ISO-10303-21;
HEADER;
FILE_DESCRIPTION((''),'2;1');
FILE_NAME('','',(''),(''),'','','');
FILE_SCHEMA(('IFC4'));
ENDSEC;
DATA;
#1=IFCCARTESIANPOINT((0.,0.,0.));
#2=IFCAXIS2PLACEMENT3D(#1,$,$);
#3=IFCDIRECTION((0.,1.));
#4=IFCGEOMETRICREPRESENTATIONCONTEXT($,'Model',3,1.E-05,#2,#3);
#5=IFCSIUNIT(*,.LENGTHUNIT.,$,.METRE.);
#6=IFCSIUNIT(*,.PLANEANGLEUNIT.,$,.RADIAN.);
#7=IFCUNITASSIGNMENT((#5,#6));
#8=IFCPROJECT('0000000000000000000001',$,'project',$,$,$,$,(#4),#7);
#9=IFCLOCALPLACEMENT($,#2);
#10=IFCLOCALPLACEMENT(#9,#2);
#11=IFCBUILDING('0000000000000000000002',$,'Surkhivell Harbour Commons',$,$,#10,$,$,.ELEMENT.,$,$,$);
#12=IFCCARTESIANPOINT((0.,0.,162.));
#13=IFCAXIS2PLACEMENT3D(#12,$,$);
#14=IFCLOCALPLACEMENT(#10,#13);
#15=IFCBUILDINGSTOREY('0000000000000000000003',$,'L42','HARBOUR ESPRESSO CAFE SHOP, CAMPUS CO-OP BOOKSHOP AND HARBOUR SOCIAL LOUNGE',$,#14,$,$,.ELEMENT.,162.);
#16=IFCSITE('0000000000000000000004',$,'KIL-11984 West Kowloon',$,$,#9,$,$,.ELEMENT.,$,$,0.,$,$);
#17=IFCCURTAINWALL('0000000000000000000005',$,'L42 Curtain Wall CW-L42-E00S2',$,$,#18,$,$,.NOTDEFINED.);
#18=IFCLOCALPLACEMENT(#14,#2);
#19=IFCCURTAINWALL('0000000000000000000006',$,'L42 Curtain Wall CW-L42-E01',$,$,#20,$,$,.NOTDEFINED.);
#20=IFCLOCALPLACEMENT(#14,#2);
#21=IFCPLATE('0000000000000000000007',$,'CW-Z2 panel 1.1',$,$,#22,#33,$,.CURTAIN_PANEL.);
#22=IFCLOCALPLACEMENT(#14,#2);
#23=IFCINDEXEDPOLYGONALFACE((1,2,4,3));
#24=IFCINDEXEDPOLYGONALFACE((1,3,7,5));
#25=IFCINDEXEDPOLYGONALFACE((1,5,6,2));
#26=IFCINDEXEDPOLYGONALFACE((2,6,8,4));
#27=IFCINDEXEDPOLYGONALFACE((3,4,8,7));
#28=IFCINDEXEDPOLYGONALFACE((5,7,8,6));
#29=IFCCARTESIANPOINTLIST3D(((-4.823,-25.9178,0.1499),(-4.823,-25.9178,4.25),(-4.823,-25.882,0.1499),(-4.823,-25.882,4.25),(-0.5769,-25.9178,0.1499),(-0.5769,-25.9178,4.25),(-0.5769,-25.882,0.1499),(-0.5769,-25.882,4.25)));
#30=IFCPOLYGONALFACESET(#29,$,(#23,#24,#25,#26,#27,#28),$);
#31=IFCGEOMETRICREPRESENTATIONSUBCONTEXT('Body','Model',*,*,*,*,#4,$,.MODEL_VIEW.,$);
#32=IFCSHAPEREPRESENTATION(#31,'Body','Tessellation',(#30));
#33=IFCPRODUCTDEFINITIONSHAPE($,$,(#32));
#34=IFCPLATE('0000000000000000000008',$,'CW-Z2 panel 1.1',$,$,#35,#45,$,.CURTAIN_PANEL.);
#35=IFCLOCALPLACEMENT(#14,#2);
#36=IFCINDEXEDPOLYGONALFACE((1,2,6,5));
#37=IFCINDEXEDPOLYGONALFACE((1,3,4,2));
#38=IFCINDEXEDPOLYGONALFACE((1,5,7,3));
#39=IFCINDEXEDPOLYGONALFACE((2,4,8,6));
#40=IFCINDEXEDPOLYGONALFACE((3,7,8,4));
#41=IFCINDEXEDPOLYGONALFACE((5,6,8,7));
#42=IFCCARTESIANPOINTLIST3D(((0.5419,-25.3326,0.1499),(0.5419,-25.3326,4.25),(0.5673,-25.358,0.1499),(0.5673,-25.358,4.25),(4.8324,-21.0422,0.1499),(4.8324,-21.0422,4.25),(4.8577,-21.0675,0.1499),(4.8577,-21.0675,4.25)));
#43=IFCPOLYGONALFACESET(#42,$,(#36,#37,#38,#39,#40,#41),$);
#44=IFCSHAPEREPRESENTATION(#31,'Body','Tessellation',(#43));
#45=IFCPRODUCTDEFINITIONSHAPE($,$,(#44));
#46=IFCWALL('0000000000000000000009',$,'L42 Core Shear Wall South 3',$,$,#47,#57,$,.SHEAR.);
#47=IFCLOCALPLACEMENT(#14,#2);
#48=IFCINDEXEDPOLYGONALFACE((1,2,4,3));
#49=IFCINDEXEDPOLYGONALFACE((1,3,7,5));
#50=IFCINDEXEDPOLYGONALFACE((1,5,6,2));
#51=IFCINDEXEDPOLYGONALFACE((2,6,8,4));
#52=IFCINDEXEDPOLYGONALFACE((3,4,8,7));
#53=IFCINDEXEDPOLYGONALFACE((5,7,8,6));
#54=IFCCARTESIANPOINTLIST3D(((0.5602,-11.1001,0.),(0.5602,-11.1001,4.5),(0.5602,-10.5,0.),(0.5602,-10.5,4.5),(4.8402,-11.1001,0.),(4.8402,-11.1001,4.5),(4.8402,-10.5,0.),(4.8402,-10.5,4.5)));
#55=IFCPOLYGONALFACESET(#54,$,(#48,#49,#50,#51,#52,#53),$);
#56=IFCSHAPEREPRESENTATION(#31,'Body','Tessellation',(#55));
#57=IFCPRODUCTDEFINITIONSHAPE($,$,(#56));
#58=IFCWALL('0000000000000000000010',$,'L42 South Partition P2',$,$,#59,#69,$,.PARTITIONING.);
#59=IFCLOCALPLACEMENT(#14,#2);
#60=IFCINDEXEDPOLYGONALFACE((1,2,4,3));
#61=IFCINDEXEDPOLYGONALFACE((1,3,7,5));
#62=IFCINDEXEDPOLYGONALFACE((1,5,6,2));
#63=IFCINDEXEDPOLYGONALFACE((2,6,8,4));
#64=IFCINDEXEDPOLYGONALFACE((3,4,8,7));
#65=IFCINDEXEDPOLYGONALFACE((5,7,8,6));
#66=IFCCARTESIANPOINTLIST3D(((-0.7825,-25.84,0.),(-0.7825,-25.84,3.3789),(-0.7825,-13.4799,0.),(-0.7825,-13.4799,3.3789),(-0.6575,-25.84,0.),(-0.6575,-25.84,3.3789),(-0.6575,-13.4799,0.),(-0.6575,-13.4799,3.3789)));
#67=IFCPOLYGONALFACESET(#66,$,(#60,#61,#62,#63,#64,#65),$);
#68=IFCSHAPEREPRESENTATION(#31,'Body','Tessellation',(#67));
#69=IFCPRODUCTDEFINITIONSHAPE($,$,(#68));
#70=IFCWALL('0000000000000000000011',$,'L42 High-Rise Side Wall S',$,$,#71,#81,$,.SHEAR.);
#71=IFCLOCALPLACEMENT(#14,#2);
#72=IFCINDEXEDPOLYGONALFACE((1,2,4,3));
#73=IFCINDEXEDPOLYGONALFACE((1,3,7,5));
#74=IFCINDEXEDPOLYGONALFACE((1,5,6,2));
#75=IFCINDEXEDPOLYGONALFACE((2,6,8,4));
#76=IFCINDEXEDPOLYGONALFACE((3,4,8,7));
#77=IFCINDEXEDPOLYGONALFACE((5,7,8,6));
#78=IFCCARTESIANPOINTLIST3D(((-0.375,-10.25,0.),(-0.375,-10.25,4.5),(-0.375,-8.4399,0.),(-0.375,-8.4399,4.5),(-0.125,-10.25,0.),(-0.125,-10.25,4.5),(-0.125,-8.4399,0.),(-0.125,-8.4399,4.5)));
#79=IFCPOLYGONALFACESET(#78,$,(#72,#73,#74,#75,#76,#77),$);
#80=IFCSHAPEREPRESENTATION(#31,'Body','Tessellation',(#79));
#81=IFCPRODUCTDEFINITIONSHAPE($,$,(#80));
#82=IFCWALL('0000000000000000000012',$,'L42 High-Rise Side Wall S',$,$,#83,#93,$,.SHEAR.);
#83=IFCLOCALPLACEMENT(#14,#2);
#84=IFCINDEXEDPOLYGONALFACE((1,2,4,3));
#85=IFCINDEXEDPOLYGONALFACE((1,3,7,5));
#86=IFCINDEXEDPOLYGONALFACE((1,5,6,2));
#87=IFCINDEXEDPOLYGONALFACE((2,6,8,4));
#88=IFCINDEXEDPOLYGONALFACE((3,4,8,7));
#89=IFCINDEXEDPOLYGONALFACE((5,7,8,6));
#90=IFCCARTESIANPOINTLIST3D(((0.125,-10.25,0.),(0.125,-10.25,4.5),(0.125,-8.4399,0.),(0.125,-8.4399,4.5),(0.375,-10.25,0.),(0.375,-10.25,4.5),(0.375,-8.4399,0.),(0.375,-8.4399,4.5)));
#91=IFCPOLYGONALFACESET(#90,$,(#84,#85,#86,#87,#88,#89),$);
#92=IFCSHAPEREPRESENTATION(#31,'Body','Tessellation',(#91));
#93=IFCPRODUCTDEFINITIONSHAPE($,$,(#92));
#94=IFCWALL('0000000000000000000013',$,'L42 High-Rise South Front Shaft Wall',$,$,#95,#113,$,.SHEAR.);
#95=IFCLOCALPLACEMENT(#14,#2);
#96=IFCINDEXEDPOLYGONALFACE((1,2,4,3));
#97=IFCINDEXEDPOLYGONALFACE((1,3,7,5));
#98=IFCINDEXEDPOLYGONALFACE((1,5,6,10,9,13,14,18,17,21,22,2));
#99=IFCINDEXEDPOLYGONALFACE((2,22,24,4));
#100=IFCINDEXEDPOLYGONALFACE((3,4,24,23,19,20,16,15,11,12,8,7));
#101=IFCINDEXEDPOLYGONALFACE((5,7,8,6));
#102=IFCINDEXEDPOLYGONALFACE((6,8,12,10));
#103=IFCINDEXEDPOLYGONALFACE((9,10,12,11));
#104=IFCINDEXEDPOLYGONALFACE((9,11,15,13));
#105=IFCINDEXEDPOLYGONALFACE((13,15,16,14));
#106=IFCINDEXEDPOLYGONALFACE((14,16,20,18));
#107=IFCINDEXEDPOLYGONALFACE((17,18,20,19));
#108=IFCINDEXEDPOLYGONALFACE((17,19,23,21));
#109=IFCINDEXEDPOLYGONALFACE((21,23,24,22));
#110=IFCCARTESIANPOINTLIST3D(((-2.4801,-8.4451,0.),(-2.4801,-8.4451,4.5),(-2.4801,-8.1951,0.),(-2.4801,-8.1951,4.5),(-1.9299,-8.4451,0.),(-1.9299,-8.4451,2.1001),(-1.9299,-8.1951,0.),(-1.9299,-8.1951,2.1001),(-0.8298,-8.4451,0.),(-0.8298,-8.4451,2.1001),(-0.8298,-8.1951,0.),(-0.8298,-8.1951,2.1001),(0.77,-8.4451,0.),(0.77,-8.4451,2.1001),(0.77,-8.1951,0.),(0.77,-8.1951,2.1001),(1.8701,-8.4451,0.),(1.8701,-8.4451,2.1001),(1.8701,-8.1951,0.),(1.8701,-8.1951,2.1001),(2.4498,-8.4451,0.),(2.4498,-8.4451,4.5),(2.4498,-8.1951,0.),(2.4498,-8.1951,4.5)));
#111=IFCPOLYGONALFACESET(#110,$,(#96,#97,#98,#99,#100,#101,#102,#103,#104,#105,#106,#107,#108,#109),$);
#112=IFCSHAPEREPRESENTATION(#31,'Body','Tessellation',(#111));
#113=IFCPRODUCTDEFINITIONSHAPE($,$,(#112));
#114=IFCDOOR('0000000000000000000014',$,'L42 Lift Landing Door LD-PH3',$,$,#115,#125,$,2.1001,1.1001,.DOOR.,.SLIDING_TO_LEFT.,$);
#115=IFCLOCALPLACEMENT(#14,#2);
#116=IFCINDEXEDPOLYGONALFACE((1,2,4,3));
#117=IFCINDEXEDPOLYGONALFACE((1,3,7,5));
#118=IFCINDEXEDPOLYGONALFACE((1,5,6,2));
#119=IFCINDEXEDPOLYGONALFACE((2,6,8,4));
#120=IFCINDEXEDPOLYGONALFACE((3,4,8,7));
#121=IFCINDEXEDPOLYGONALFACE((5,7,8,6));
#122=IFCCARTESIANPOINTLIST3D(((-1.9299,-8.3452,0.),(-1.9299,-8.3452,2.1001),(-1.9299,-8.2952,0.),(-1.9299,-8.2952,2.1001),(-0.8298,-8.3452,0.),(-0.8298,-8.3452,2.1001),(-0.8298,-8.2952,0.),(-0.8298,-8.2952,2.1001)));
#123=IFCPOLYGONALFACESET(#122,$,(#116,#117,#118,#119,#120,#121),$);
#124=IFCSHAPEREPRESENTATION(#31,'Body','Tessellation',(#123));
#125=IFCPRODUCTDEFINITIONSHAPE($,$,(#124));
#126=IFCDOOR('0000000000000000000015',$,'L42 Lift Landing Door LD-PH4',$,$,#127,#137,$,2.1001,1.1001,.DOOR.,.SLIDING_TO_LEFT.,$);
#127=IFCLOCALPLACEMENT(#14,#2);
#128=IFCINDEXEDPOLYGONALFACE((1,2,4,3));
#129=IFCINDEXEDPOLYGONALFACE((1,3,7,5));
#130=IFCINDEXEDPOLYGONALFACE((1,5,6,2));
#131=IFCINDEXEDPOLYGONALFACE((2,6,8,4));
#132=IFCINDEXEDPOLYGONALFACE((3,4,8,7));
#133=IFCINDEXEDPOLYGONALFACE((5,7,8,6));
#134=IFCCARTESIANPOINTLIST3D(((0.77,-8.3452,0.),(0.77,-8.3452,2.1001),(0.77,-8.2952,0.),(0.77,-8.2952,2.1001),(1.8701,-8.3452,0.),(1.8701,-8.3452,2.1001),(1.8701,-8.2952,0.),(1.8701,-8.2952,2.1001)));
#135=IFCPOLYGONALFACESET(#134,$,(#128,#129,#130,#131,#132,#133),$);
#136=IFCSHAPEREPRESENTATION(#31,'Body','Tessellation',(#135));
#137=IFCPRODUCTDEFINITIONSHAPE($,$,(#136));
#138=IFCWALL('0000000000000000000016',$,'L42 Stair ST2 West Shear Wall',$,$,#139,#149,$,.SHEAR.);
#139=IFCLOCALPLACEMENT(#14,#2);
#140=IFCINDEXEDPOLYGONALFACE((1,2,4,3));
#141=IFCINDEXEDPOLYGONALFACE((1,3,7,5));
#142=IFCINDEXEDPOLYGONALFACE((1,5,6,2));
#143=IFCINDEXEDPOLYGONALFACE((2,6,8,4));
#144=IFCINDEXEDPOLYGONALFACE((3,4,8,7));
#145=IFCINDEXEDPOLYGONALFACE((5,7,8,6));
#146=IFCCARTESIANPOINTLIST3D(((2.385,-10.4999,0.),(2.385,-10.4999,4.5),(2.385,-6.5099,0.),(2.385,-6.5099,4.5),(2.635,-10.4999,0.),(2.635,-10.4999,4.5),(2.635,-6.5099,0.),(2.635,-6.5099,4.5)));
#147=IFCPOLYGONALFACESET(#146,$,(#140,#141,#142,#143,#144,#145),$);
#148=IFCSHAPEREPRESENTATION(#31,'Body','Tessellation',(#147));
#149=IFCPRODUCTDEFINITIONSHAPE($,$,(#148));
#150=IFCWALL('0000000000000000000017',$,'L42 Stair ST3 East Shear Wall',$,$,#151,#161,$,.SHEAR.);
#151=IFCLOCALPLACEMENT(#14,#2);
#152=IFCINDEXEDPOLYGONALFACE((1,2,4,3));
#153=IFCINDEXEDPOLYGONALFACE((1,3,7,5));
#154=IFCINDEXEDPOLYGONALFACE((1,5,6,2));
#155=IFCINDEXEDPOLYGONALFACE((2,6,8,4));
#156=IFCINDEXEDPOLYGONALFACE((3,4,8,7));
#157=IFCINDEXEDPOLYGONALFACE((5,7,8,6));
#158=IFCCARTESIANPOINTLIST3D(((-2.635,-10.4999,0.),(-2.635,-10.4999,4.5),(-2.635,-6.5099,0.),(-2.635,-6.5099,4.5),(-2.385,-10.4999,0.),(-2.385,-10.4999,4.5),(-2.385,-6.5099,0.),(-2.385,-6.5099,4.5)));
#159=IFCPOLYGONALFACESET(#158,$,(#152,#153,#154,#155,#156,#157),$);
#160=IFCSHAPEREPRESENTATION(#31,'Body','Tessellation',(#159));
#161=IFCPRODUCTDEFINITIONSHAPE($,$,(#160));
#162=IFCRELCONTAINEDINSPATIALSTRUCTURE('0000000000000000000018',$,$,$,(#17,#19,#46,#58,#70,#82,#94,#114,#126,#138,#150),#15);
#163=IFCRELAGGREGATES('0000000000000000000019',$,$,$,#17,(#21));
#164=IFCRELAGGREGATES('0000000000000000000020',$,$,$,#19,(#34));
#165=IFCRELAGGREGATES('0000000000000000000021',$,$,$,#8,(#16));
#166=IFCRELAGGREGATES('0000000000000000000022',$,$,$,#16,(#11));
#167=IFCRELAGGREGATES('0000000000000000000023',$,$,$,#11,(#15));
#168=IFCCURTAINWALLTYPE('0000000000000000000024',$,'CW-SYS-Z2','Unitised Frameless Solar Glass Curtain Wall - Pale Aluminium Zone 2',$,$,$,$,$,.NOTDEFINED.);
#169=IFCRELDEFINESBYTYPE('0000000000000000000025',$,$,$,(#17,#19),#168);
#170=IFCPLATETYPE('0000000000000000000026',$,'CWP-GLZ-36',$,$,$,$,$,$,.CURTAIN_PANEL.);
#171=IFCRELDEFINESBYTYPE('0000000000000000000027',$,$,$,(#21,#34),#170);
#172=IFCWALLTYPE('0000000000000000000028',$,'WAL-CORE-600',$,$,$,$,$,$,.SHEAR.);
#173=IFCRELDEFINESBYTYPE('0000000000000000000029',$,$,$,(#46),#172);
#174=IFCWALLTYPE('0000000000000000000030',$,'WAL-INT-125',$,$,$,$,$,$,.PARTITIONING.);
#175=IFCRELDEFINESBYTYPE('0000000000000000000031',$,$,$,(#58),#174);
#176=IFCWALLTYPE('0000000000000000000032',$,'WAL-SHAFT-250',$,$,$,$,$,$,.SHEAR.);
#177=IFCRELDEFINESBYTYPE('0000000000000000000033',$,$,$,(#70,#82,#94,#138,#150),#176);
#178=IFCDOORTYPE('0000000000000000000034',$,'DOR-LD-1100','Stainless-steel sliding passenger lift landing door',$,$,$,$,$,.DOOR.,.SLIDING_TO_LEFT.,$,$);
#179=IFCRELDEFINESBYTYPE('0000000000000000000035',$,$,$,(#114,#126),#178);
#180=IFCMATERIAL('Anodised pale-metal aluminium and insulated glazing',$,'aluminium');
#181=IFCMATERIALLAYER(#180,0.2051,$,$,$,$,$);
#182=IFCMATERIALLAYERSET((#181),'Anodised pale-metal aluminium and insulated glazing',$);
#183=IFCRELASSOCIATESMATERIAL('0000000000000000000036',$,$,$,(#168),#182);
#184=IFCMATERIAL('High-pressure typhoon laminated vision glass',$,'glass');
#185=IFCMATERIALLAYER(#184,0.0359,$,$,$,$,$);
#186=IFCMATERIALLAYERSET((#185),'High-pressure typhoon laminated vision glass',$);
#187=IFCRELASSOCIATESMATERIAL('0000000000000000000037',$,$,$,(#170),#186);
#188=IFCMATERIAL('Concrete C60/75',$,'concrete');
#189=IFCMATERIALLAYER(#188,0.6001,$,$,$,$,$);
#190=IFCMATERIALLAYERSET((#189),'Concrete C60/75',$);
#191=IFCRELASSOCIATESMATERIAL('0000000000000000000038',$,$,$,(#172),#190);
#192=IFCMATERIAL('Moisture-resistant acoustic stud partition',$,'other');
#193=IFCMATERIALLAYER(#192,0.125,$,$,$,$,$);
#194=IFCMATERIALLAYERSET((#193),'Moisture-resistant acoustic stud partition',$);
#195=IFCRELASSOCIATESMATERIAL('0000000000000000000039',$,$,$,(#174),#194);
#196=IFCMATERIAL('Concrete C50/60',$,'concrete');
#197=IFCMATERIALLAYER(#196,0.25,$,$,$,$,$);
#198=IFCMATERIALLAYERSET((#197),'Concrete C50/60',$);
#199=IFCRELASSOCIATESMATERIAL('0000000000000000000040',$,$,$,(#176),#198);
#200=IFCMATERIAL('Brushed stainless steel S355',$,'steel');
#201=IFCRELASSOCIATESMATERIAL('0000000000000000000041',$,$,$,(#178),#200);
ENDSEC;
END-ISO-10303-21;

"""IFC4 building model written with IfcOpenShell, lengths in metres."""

from ifc_helpers import new_model, si_unit, direction, frame, frame_2d, origin, place, context, subcontext, project, spatial, rectangle, extrude, material, layer, layer_set, type_object, element, fill, aggregate, save


model = new_model("IFC4")

# Units and contexts
model_context = context("Model", 3, precision=1e-05, world=origin(), true_north=direction((0.0, 1.0)))
body_context = subcontext(model_context, "Body", "Model", "MODEL_VIEW")
ifc_project = project(units=[si_unit("LENGTHUNIT", "METRE"), si_unit("PLANEANGLEUNIT", "RADIAN")], contexts=[model_context])

# Site, building, storey
site_placement = place(None, origin())
site = spatial("IfcSite", under=ifc_project, at=site_placement, Name="KIL-11984 West Kowloon", CompositionType="ELEMENT", RefElevation=0.0)
building_placement = place(site_placement, origin())
building = spatial("IfcBuilding", under=site, at=building_placement, Name="Surkhivell Harbour Commons", CompositionType="ELEMENT")
storey_placement = place(building_placement, frame((0.0, 0.0, 162.0)))
storey = spatial("IfcBuildingStorey", under=building, at=storey_placement, Name="L42", Description="HARBOUR ESPRESSO CAFE SHOP, CAMPUS CO-OP BOOKSHOP AND HARBOUR SOCIAL LOUNGE", CompositionType="ELEMENT", Elevation=162.0)

# Shared definitions
ifc_material_1 = material(Name="Concrete C60/75", Category="concrete")

# Curtain wall
ifc_material_2 = material(Name="Anodised pale-metal aluminium and insulated glazing", Category="aluminium")
ifc_layer_1 = layer(ifc_material_2, 0.2051)
ifc_layer_set_1 = layer_set([ifc_layer_1], Name="Anodised pale-metal aluminium and insulated glazing")
curtain_wall_type = type_object("IfcCurtainWallType", Name="CW-SYS-Z2", Description="Unitised Frameless Solar Glass Curtain Wall - Pale Aluminium Zone 2", PredefinedType="NOTDEFINED", material=ifc_layer_set_1)
curtain_wall_1_placement = place(storey_placement, origin())
curtain_wall_1 = element("IfcCurtainWall", 1, at=curtain_wall_1_placement, inside=storey, type_object=curtain_wall_type, Name="L42 Curtain Wall CW-L42-E00S2", PredefinedType="NOTDEFINED")

# Curtain wall
curtain_wall_2_placement = place(storey_placement, origin())
curtain_wall_2 = element("IfcCurtainWall", 2, at=curtain_wall_2_placement, inside=storey, type_object=curtain_wall_type, Name="L42 Curtain Wall CW-L42-E01", PredefinedType="NOTDEFINED")

# Plates
ifc_material_3 = material(Name="High-pressure typhoon laminated vision glass", Category="glass")
ifc_layer_2 = layer(ifc_material_3, 0.0359)
ifc_layer_set_2 = layer_set([ifc_layer_2], Name="High-pressure typhoon laminated vision glass")
plate_type = type_object("IfcPlateType", Name="CWP-GLZ-36", PredefinedType="CURTAIN_PANEL", material=ifc_layer_set_2)
plate_1_placement = place(storey_placement, frame((-4.823, -25.8999, 0.1499), z_axis=(0.0, 0.0, 1.0), x_axis=(1.0, 0.0, 0.0)))
plate_1 = element("IfcPlate", 3, at=plate_1_placement, type_object=plate_type, Name="CW-Z2 panel 1.1", PredefinedType="CURTAIN_PANEL", context=body_context, shape_type="SweptSolid", body=[
    extrude(rectangle(XDim=4.2461, YDim=0.0359, at=frame_2d((2.123, 0.0))), origin(), (0.0, 0.0, 1.0), 4.1001),
])
aggregate(curtain_wall_1, [plate_1])
plate_2_placement = place(storey_placement, frame((0.5547, -25.3452, 0.1499), z_axis=(0.0, 0.0, 1.0), x_axis=(0.707107, 0.707107, 0.0)))
plate_2 = element("IfcPlate", 4, at=plate_2_placement, type_object=plate_type, Name="CW-Z2 panel 1.1", PredefinedType="CURTAIN_PANEL", context=body_context, shape_type="SweptSolid", body=[
    extrude(rectangle(XDim=6.0676, YDim=0.0359, at=frame_2d((3.0337, 0.0))), origin(), (0.0, 0.0, 1.0), 4.1001),
])
aggregate(curtain_wall_2, [plate_2])

# Walls
ifc_layer_3 = layer(ifc_material_1, 0.6001)
ifc_layer_set_3 = layer_set([ifc_layer_3], Name="Concrete C60/75")
wall_type_1 = type_object("IfcWallType", Name="WAL-CORE-600", PredefinedType="SHEAR", material=ifc_layer_set_3)
wall_1_placement = place(storey_placement, frame((0.5601, -10.8, 0.0), z_axis=(0.0, 0.0, 1.0), x_axis=(1.0, 0.0, 0.0)))
element("IfcWall", 5, at=wall_1_placement, inside=storey, type_object=wall_type_1, Name="L42 Core Shear Wall South 3", PredefinedType="SHEAR", context=body_context, shape_type="SweptSolid", body=[
    extrude(rectangle(XDim=4.28, YDim=0.6001, at=frame_2d((2.1401, 0.0))), origin(), (0.0, 0.0, 1.0), 4.5),
])
ifc_material_4 = material(Name="Moisture-resistant acoustic stud partition", Category="other")
ifc_layer_4 = layer(ifc_material_4, 0.125)
ifc_layer_set_4 = layer_set([ifc_layer_4], Name="Moisture-resistant acoustic stud partition")
wall_type_2 = type_object("IfcWallType", Name="WAL-INT-125", PredefinedType="PARTITIONING", material=ifc_layer_set_4)
wall_2_placement = place(storey_placement, frame((-0.72, -25.8401, 0.0), z_axis=(0.0, 0.0, 1.0), x_axis=(0.0, 1.0, 0.0)))
element("IfcWall", 6, at=wall_2_placement, inside=storey, type_object=wall_type_2, Name="L42 South Partition P2", PredefinedType="PARTITIONING", context=body_context, shape_type="SweptSolid", body=[
    extrude(rectangle(XDim=12.3601, YDim=0.125, at=frame_2d((6.1802, 0.0))), origin(), (0.0, 0.0, 1.0), 3.3789),
])
ifc_material_5 = material(Name="Concrete C50/60", Category="concrete")
ifc_layer_5 = layer(ifc_material_5, 0.25)
ifc_layer_set_5 = layer_set([ifc_layer_5], Name="Concrete C50/60")
wall_type_3 = type_object("IfcWallType", Name="WAL-SHAFT-250", PredefinedType="SHEAR", material=ifc_layer_set_5)
for number, where, z_axis, x_axis, name in (
    (7, (-0.25, -10.25, 0.0), (0.0, 0.0, 1.0), (0.0, 1.0, 0.0), "L42 High-Rise Side Wall S"),
    (8, (0.25, -10.25, 0.0), (0.0, 0.0, 1.0), (0.0, 1.0, 0.0), "L42 High-Rise Side Wall S"),
):
    element("IfcWall", number, at=place(storey_placement, frame(where, z_axis=z_axis, x_axis=x_axis)), inside=storey, type_object=wall_type_3, Name=name, PredefinedType="SHEAR", context=body_context, shape_type="SweptSolid", body=[
        extrude(rectangle(XDim=1.8101, YDim=0.25, at=frame_2d((0.905, 0.0))), origin(), (0.0, 0.0, 1.0), 4.5),
    ])

# Wall, openings, doors
wall_3_placement = place(storey_placement, frame((-2.48, -8.3201, 0.0), z_axis=(0.0, 0.0, 1.0), x_axis=(1.0, 0.0, 0.0)))
wall_3 = element("IfcWall", 9, at=wall_3_placement, inside=storey, type_object=wall_type_3, Name="L42 High-Rise South Front Shaft Wall", PredefinedType="SHEAR", context=body_context, shape_type="SweptSolid", body=[
    extrude(rectangle(XDim=4.9299, YDim=0.25, at=frame_2d((2.4648, 0.0))), origin(), (0.0, 0.0, 1.0), 4.5),
])
opening_1_placement = place(wall_3_placement, frame((0.55, 0.0, 0.0)))
opening_1 = element("IfcOpeningElement", 10, at=opening_1_placement, cuts=wall_3, PredefinedType="OPENING", context=body_context, shape_type="SweptSolid", body=[
    extrude(rectangle(XDim=1.1001, YDim=2.1001, at=frame_2d((0.55, 1.05))), frame((0.0, 0.135, 0.0), z_axis=(0.0, -1.0, 0.0), x_axis=(1.0, 0.0, 0.0)), (0.0, 0.0, 1.0), 0.27),
])
opening_2_placement = place(wall_3_placement, frame((3.25, 0.0, 0.0)))
opening_2 = element("IfcOpeningElement", 11, at=opening_2_placement, cuts=wall_3, PredefinedType="OPENING", context=body_context, shape_type="SweptSolid", body=[
    extrude(rectangle(XDim=1.1001, YDim=2.1001, at=frame_2d((0.55, 1.05))), frame((0.0, 0.135, 0.0), z_axis=(0.0, -1.0, 0.0), x_axis=(1.0, 0.0, 0.0)), (0.0, 0.0, 1.0), 0.27),
])
ifc_material_6 = material(Name="Brushed stainless steel S355", Category="steel")
door_type = type_object("IfcDoorType", Name="DOR-LD-1100", Description="Stainless-steel sliding passenger lift landing door", OperationType="SLIDING_TO_LEFT", PredefinedType="DOOR", material=ifc_material_6)
door_1_placement = place(opening_1_placement, origin())
door_1 = element("IfcDoor", 12, at=door_1_placement, inside=storey, type_object=door_type, Name="L42 Lift Landing Door LD-PH3", OperationType="SLIDING_TO_LEFT", OverallHeight=2.1001, OverallWidth=1.1001, PredefinedType="DOOR", context=body_context, shape_type="SweptSolid", body=[
    extrude(rectangle(XDim=1.1001, YDim=2.1001, at=frame_2d((0.55, 1.05))), frame((0.0, 0.0249, 0.0), z_axis=(0.0, -1.0, 0.0), x_axis=(1.0, 0.0, 0.0)), (0.0, 0.0, 1.0), 0.05),
])
fill(opening_1, door_1)
door_2_placement = place(opening_2_placement, origin())
door_2 = element("IfcDoor", 13, at=door_2_placement, inside=storey, type_object=door_type, Name="L42 Lift Landing Door LD-PH4", OperationType="SLIDING_TO_LEFT", OverallHeight=2.1001, OverallWidth=1.1001, PredefinedType="DOOR", context=body_context, shape_type="SweptSolid", body=[
    extrude(rectangle(XDim=1.1001, YDim=2.1001, at=frame_2d((0.55, 1.05))), frame((0.0, 0.0249, 0.0), z_axis=(0.0, -1.0, 0.0), x_axis=(1.0, 0.0, 0.0)), (0.0, 0.0, 1.0), 0.05),
])
fill(opening_2, door_2)

# Walls
for number, where, z_axis, x_axis, name in (
    (14, (2.51, -10.5, 0.0), (0.0, 0.0, 1.0), (0.0, 1.0, 0.0), "L42 Stair ST2 West Shear Wall"),
    (15, (-2.51, -10.5, 0.0), (0.0, 0.0, 1.0), (0.0, 1.0, 0.0), "L42 Stair ST3 East Shear Wall"),
):
    element("IfcWall", number, at=place(storey_placement, frame(where, z_axis=z_axis, x_axis=x_axis)), inside=storey, type_object=wall_type_3, Name=name, PredefinedType="SHEAR", context=body_context, shape_type="SweptSolid", body=[
        extrude(rectangle(XDim=3.99, YDim=0.25, at=frame_2d((1.9951, 0.0))), origin(), (0.0, 0.0, 1.0), 4.5),
    ])

save(model, "model.ifc")
